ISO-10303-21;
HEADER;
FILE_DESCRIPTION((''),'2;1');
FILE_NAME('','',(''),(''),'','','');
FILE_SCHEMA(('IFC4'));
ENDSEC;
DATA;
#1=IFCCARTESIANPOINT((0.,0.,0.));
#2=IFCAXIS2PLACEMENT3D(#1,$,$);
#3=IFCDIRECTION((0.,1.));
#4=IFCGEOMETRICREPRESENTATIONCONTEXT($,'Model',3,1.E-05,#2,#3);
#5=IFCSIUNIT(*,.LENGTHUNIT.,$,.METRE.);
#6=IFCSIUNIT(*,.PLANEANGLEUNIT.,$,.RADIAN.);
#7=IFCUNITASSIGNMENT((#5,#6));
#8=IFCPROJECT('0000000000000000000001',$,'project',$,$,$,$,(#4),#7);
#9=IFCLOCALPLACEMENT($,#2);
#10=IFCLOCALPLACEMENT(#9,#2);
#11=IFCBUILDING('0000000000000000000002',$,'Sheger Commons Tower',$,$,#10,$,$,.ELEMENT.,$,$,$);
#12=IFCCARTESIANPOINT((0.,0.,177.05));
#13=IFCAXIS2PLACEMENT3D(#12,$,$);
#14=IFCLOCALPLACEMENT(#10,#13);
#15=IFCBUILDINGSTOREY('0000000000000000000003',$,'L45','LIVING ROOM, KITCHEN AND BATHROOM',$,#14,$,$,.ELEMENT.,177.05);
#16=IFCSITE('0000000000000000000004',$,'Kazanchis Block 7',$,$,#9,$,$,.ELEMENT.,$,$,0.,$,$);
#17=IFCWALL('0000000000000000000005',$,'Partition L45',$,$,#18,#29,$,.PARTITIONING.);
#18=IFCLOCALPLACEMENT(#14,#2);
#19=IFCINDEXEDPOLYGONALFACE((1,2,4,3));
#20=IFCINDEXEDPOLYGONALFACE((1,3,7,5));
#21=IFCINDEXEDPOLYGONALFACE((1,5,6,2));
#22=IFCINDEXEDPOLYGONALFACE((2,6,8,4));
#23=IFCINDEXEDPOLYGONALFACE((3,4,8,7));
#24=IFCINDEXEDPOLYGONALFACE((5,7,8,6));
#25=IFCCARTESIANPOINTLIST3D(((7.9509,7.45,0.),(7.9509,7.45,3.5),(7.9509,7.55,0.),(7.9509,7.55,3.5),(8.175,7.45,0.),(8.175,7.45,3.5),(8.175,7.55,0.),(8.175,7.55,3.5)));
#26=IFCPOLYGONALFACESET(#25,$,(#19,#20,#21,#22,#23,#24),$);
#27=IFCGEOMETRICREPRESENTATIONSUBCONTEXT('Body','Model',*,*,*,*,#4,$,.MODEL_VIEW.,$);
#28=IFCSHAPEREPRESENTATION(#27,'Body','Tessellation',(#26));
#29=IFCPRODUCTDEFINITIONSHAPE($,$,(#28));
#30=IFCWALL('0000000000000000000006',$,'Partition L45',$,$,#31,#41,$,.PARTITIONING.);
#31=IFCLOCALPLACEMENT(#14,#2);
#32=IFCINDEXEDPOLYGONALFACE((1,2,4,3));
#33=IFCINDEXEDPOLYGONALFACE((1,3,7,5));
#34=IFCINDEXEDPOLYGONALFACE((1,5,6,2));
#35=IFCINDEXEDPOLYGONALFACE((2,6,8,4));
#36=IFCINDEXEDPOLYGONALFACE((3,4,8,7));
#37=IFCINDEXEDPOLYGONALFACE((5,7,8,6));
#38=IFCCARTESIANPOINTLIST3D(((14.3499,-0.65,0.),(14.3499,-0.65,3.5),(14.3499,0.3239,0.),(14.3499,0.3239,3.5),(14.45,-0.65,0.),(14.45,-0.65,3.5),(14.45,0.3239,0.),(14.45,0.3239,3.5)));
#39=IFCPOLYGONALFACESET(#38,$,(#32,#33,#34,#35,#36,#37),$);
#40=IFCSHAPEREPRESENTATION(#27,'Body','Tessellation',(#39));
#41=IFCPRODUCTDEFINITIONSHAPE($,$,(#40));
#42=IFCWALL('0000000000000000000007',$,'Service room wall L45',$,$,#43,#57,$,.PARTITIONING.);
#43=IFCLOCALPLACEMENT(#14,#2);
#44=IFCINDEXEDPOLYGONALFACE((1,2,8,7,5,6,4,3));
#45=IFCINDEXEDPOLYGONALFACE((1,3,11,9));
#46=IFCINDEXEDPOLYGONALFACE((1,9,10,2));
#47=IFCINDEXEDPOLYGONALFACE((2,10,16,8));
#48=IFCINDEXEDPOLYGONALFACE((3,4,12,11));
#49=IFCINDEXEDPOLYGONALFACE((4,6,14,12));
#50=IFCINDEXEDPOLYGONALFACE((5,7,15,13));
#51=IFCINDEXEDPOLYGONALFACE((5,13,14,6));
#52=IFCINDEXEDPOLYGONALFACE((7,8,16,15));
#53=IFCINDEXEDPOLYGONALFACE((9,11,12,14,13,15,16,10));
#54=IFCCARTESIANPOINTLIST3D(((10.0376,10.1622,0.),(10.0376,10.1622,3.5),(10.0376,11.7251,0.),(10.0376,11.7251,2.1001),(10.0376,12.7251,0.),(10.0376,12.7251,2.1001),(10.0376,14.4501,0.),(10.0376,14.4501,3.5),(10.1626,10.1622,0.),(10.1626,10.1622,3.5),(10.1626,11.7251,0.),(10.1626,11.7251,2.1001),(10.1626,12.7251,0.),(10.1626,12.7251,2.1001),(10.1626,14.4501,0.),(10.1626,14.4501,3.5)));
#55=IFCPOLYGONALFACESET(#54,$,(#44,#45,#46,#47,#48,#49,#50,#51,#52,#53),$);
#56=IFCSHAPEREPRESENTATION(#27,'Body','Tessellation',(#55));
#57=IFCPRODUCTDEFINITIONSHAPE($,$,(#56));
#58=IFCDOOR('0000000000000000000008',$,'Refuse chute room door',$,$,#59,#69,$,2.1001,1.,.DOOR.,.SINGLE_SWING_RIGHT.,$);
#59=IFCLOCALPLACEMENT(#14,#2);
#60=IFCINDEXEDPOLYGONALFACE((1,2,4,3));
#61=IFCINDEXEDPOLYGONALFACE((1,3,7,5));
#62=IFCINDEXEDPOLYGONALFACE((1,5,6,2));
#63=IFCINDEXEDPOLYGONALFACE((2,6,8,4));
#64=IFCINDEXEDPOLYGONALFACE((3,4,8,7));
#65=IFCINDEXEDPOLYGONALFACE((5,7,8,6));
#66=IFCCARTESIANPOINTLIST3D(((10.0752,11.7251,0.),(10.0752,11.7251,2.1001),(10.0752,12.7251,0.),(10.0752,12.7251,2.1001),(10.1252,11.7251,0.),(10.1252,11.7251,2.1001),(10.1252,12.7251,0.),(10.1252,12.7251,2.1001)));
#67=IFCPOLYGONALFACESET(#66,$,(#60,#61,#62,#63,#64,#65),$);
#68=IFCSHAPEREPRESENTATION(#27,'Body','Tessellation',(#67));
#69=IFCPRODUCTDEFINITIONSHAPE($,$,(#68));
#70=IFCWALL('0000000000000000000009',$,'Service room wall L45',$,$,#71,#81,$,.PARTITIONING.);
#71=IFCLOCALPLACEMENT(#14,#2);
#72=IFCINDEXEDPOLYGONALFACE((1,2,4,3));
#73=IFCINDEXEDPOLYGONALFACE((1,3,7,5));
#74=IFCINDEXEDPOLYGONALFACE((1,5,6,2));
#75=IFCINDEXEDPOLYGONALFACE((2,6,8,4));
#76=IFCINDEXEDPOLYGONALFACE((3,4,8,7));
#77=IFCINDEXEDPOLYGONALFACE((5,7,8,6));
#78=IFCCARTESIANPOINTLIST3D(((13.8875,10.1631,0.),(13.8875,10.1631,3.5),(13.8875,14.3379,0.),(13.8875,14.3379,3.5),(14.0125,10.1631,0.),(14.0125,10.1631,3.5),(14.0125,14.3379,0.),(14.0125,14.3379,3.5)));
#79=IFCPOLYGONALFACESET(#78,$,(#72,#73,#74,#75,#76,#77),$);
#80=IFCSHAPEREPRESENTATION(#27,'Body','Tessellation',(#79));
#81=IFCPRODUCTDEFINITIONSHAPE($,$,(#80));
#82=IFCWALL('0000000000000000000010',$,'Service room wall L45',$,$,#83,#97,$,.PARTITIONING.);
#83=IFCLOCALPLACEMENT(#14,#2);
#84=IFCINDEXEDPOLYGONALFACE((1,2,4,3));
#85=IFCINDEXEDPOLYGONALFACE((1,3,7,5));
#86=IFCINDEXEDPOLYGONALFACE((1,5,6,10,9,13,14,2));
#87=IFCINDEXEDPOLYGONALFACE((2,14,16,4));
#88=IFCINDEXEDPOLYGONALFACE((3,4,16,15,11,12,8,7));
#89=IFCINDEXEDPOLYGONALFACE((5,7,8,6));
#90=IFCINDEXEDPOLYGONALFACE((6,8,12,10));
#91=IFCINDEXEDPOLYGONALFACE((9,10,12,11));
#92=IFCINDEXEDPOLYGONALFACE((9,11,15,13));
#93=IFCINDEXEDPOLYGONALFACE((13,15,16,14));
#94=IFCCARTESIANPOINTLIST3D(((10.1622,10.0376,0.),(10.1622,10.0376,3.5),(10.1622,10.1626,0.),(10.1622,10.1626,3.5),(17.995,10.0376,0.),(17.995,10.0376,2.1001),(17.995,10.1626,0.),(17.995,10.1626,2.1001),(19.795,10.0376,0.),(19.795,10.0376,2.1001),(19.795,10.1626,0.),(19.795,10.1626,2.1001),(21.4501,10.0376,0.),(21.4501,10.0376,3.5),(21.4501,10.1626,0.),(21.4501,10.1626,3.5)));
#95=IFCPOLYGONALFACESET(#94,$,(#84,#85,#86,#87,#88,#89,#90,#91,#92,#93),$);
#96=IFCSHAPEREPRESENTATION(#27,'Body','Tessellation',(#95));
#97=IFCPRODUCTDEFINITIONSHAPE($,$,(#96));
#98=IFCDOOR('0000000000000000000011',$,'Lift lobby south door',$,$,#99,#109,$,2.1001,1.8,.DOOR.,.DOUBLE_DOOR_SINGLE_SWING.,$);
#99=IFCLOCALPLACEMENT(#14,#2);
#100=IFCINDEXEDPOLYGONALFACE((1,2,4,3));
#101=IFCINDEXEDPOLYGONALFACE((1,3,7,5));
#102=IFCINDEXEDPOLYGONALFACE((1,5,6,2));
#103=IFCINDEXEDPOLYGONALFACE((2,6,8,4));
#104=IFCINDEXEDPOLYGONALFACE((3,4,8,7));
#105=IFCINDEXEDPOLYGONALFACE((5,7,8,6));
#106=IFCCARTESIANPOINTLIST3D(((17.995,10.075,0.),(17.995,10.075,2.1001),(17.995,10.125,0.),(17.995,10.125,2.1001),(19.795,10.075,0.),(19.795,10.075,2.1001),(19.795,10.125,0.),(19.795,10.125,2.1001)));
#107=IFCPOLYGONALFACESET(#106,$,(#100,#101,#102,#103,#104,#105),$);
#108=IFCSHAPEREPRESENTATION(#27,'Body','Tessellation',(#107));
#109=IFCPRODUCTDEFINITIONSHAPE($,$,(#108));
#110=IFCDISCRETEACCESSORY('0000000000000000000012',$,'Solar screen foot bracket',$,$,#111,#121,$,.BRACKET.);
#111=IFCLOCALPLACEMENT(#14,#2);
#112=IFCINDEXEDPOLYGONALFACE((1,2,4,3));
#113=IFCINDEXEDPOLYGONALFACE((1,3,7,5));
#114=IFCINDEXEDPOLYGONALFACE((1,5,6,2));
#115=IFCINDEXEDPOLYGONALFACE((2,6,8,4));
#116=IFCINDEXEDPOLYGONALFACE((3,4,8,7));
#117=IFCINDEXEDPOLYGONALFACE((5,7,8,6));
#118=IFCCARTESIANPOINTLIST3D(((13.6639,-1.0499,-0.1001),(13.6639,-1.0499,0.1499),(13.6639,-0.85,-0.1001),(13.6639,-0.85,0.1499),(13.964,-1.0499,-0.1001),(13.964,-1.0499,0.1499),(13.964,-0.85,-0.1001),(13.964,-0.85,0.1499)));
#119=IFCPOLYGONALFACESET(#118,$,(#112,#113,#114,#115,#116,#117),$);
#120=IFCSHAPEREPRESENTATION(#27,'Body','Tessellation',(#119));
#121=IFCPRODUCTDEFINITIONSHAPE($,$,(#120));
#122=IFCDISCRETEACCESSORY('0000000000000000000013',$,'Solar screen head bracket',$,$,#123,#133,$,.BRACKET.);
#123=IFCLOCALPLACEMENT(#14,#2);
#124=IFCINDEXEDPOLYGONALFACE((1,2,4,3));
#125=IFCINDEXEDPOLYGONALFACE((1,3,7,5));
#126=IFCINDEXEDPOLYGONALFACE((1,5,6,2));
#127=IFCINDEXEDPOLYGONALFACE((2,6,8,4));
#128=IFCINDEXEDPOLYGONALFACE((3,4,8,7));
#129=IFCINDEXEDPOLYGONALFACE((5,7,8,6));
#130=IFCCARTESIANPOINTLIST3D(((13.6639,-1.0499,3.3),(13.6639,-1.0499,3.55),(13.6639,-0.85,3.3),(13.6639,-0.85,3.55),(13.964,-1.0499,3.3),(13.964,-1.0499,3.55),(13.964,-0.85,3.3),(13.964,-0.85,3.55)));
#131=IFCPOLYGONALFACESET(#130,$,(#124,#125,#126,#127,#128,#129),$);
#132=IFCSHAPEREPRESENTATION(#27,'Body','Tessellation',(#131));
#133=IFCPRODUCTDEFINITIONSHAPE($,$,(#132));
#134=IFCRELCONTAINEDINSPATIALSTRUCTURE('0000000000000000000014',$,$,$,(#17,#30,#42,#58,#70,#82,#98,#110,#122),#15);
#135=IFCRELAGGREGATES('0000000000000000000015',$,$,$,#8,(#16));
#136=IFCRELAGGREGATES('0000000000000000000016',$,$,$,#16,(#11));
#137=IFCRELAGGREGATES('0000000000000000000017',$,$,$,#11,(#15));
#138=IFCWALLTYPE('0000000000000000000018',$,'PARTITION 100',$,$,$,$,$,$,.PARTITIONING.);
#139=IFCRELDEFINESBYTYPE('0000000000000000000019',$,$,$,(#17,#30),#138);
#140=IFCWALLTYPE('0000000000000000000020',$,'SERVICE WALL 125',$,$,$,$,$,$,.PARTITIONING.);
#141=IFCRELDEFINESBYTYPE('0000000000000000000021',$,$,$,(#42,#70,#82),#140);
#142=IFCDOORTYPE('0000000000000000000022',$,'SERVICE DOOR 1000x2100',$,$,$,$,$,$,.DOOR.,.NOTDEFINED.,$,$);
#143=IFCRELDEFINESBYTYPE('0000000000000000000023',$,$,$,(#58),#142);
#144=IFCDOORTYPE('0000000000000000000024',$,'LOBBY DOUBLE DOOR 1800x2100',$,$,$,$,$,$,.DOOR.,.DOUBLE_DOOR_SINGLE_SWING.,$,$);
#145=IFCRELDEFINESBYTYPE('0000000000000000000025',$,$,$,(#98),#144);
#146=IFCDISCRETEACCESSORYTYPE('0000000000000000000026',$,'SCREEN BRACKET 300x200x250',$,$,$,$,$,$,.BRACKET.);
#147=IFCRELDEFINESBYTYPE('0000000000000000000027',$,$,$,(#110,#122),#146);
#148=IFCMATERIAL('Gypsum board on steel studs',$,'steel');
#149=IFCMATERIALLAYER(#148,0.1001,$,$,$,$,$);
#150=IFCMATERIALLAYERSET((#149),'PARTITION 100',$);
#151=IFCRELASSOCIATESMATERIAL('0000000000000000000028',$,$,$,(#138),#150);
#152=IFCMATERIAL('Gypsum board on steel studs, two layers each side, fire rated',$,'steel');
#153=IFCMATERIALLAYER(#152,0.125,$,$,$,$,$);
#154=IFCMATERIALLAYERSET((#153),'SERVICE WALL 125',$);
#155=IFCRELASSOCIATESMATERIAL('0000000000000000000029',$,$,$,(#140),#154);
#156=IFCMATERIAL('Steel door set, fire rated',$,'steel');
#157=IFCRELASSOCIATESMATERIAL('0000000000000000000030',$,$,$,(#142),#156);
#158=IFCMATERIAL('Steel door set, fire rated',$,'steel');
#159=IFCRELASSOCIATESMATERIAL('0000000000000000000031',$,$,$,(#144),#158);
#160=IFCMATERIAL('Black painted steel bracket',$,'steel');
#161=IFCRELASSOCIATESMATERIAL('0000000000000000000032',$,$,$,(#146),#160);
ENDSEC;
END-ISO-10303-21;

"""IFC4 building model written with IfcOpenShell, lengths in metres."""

from ifc_helpers import new_model, si_unit, direction, frame, frame_2d, origin, origin_2d, place, context, subcontext, project, spatial, rectangle, extrude, material, layer, layer_set, type_object, element, fill, save


model = new_model("IFC4")

# Units and contexts
model_context = context("Model", 3, precision=1e-05, world=origin(), true_north=direction((0.0, 1.0)))
body_context = subcontext(model_context, "Body", "Model", "MODEL_VIEW")
ifc_project = project(units=[si_unit("LENGTHUNIT", "METRE"), si_unit("PLANEANGLEUNIT", "RADIAN")], contexts=[model_context])

# Site, building, storey
site_placement = place(None, origin())
site = spatial("IfcSite", under=ifc_project, at=site_placement, Name="Kazanchis Block 7", CompositionType="ELEMENT", RefElevation=0.0)
building_placement = place(site_placement, origin())
building = spatial("IfcBuilding", under=site, at=building_placement, Name="Sheger Commons Tower", CompositionType="ELEMENT")
storey_placement = place(building_placement, frame((0.0, 0.0, 177.05)))
storey = spatial("IfcBuildingStorey", under=building, at=storey_placement, Name="L45", Description="LIVING ROOM, KITCHEN AND BATHROOM", CompositionType="ELEMENT", Elevation=177.05)

# Walls
ifc_material_1 = material(Name="Gypsum board on steel studs", Category="steel")
ifc_layer_1 = layer(ifc_material_1, 0.1001)
ifc_layer_set_1 = layer_set([ifc_layer_1], Name="PARTITION 100")
wall_type_1 = type_object("IfcWallType", Name="PARTITION 100", PredefinedType="PARTITIONING", material=ifc_layer_set_1)
wall_1_placement = place(storey_placement, frame((7.9509, 7.5, 0.0), z_axis=(0.0, 0.0, 1.0), x_axis=(1.0, 0.0, 0.0)))
element("IfcWall", 1, at=wall_1_placement, inside=storey, type_object=wall_type_1, Name="Partition L45", PredefinedType="PARTITIONING", context=body_context, shape_type="SweptSolid", body=[
    extrude(rectangle(XDim=0.2241, YDim=0.1001, at=frame_2d((0.1121, 0.0))), origin(), (0.0, 0.0, 1.0), 3.5),
])
wall_2_placement = place(storey_placement, frame((14.3999, -0.6499, 0.0), z_axis=(0.0, 0.0, 1.0), x_axis=(0.0, 1.0, 0.0)))
element("IfcWall", 2, at=wall_2_placement, inside=storey, type_object=wall_type_1, Name="Partition L45", PredefinedType="PARTITIONING", context=body_context, shape_type="SweptSolid", body=[
    extrude(rectangle(XDim=0.9739, YDim=0.1001, at=frame_2d((0.4868, 0.0))), origin(), (0.0, 0.0, 1.0), 3.5),
])

# Wall, opening, door
ifc_material_2 = material(Name="Gypsum board on steel studs, two layers each side, fire rated", Category="steel")
ifc_layer_2 = layer(ifc_material_2, 0.125)
ifc_layer_set_2 = layer_set([ifc_layer_2], Name="SERVICE WALL 125")
wall_type_2 = type_object("IfcWallType", Name="SERVICE WALL 125", PredefinedType="PARTITIONING", material=ifc_layer_set_2)
wall_3_placement = place(storey_placement, frame((10.1001, 10.1621, 0.0), z_axis=(0.0, 0.0, 1.0), x_axis=(0.0, 1.0, 0.0)))
wall_3 = element("IfcWall", 3, at=wall_3_placement, inside=storey, type_object=wall_type_2, Name="Service room wall L45", PredefinedType="PARTITIONING", context=body_context, shape_type="SweptSolid", body=[
    extrude(rectangle(XDim=4.2878, YDim=0.125, at=frame_2d((2.144, 0.0))), origin(), (0.0, 0.0, 1.0), 3.5),
])
opening_1_placement = place(wall_3_placement, frame((1.563, 0.0, 0.0)))
opening_1 = element("IfcOpeningElement", 4, at=opening_1_placement, cuts=wall_3, PredefinedType="OPENING", context=body_context, shape_type="SweptSolid", body=[
    extrude(rectangle(XDim=1.0, YDim=2.1001, at=frame_2d((0.5, 1.05))), frame((0.0, 0.0725, 0.0), z_axis=(0.0, -1.0, 0.0), x_axis=(1.0, 0.0, 0.0)), (0.0, 0.0, 1.0), 0.145),
])
ifc_material_3 = material(Name="Steel door set, fire rated", Category="steel")
door_type_1 = type_object("IfcDoorType", Name="SERVICE DOOR 1000x2100", OperationType="NOTDEFINED", PredefinedType="DOOR", material=ifc_material_3)
door_1_placement = place(opening_1_placement, origin())
door_1 = element("IfcDoor", 5, at=door_1_placement, inside=storey, type_object=door_type_1, Name="Refuse chute room door", OperationType="SINGLE_SWING_RIGHT", OverallHeight=2.1001, OverallWidth=1.0, PredefinedType="DOOR", context=body_context, shape_type="SweptSolid", body=[
    extrude(rectangle(XDim=1.0, YDim=2.1001, at=frame_2d((0.5, 1.05))), frame((0.0, 0.0249, 0.0), z_axis=(0.0, -1.0, 0.0), x_axis=(1.0, 0.0, 0.0)), (0.0, 0.0, 1.0), 0.05),
])
fill(opening_1, door_1)

# Wall
wall_4_placement = place(storey_placement, frame((13.95, 10.1631, 0.0), z_axis=(0.0, 0.0, 1.0), x_axis=(0.0, 1.0, 0.0)))
element("IfcWall", 6, at=wall_4_placement, inside=storey, type_object=wall_type_2, Name="Service room wall L45", PredefinedType="PARTITIONING", context=body_context, shape_type="SweptSolid", body=[
    extrude(rectangle(XDim=4.1748, YDim=0.125, at=frame_2d((2.0874, 0.0))), origin(), (0.0, 0.0, 1.0), 3.5),
])

# Wall, opening, door
wall_5_placement = place(storey_placement, frame((10.1621, 10.1001, 0.0), z_axis=(0.0, 0.0, 1.0), x_axis=(1.0, 0.0, 0.0)))
wall_5 = element("IfcWall", 7, at=wall_5_placement, inside=storey, type_object=wall_type_2, Name="Service room wall L45", PredefinedType="PARTITIONING", context=body_context, shape_type="SweptSolid", body=[
    extrude(rectangle(XDim=11.2878, YDim=0.125, at=frame_2d((5.644, 0.0))), origin(), (0.0, 0.0, 1.0), 3.5),
])
opening_2_placement = place(wall_5_placement, frame((7.833, 0.0, 0.0)))
opening_2 = element("IfcOpeningElement", 8, at=opening_2_placement, cuts=wall_5, PredefinedType="OPENING", context=body_context, shape_type="SweptSolid", body=[
    extrude(rectangle(XDim=1.8, YDim=2.1001, at=frame_2d((0.8999, 1.05))), frame((0.0, 0.0725, 0.0), z_axis=(0.0, -1.0, 0.0), x_axis=(1.0, 0.0, 0.0)), (0.0, 0.0, 1.0), 0.145),
])
ifc_material_4 = material(Name="Steel door set, fire rated", Category="steel")
door_type_2 = type_object("IfcDoorType", Name="LOBBY DOUBLE DOOR 1800x2100", OperationType="DOUBLE_DOOR_SINGLE_SWING", PredefinedType="DOOR", material=ifc_material_4)
door_2_placement = place(opening_2_placement, origin())
door_2 = element("IfcDoor", 9, at=door_2_placement, inside=storey, type_object=door_type_2, Name="Lift lobby south door", OperationType="DOUBLE_DOOR_SINGLE_SWING", OverallHeight=2.1001, OverallWidth=1.8, PredefinedType="DOOR", context=body_context, shape_type="SweptSolid", body=[
    extrude(rectangle(XDim=1.8, YDim=2.1001, at=frame_2d((0.8999, 1.05))), frame((0.0, 0.0249, 0.0), z_axis=(0.0, -1.0, 0.0), x_axis=(1.0, 0.0, 0.0)), (0.0, 0.0, 1.0), 0.05),
])
fill(opening_2, door_2)

# Discrete accessories
ifc_material_5 = material(Name="Black painted steel bracket", Category="steel")
discrete_accessory_type = type_object("IfcDiscreteAccessoryType", Name="SCREEN BRACKET 300x200x250", PredefinedType="BRACKET", material=ifc_material_5)
for number, where, z_axis, x_axis, name in (
    (10, (13.814, -0.95, -0.1001), (0.0, 0.0, 1.0), (1.0, 0.0, 0.0), "Solar screen foot bracket"),
    (11, (13.814, -0.95, 3.3), (0.0, 0.0, 1.0), (1.0, 0.0, 0.0), "Solar screen head bracket"),
):
    element("IfcDiscreteAccessory", number, at=place(storey_placement, frame(where, z_axis=z_axis, x_axis=x_axis)), inside=storey, type_object=discrete_accessory_type, Name=name, PredefinedType="BRACKET", context=body_context, shape_type="SweptSolid", body=[
        extrude(rectangle(XDim=0.3, YDim=0.2, at=origin_2d()), origin(), (0.0, 0.0, 1.0), 0.25),
    ])

save(model, "model.ifc")
